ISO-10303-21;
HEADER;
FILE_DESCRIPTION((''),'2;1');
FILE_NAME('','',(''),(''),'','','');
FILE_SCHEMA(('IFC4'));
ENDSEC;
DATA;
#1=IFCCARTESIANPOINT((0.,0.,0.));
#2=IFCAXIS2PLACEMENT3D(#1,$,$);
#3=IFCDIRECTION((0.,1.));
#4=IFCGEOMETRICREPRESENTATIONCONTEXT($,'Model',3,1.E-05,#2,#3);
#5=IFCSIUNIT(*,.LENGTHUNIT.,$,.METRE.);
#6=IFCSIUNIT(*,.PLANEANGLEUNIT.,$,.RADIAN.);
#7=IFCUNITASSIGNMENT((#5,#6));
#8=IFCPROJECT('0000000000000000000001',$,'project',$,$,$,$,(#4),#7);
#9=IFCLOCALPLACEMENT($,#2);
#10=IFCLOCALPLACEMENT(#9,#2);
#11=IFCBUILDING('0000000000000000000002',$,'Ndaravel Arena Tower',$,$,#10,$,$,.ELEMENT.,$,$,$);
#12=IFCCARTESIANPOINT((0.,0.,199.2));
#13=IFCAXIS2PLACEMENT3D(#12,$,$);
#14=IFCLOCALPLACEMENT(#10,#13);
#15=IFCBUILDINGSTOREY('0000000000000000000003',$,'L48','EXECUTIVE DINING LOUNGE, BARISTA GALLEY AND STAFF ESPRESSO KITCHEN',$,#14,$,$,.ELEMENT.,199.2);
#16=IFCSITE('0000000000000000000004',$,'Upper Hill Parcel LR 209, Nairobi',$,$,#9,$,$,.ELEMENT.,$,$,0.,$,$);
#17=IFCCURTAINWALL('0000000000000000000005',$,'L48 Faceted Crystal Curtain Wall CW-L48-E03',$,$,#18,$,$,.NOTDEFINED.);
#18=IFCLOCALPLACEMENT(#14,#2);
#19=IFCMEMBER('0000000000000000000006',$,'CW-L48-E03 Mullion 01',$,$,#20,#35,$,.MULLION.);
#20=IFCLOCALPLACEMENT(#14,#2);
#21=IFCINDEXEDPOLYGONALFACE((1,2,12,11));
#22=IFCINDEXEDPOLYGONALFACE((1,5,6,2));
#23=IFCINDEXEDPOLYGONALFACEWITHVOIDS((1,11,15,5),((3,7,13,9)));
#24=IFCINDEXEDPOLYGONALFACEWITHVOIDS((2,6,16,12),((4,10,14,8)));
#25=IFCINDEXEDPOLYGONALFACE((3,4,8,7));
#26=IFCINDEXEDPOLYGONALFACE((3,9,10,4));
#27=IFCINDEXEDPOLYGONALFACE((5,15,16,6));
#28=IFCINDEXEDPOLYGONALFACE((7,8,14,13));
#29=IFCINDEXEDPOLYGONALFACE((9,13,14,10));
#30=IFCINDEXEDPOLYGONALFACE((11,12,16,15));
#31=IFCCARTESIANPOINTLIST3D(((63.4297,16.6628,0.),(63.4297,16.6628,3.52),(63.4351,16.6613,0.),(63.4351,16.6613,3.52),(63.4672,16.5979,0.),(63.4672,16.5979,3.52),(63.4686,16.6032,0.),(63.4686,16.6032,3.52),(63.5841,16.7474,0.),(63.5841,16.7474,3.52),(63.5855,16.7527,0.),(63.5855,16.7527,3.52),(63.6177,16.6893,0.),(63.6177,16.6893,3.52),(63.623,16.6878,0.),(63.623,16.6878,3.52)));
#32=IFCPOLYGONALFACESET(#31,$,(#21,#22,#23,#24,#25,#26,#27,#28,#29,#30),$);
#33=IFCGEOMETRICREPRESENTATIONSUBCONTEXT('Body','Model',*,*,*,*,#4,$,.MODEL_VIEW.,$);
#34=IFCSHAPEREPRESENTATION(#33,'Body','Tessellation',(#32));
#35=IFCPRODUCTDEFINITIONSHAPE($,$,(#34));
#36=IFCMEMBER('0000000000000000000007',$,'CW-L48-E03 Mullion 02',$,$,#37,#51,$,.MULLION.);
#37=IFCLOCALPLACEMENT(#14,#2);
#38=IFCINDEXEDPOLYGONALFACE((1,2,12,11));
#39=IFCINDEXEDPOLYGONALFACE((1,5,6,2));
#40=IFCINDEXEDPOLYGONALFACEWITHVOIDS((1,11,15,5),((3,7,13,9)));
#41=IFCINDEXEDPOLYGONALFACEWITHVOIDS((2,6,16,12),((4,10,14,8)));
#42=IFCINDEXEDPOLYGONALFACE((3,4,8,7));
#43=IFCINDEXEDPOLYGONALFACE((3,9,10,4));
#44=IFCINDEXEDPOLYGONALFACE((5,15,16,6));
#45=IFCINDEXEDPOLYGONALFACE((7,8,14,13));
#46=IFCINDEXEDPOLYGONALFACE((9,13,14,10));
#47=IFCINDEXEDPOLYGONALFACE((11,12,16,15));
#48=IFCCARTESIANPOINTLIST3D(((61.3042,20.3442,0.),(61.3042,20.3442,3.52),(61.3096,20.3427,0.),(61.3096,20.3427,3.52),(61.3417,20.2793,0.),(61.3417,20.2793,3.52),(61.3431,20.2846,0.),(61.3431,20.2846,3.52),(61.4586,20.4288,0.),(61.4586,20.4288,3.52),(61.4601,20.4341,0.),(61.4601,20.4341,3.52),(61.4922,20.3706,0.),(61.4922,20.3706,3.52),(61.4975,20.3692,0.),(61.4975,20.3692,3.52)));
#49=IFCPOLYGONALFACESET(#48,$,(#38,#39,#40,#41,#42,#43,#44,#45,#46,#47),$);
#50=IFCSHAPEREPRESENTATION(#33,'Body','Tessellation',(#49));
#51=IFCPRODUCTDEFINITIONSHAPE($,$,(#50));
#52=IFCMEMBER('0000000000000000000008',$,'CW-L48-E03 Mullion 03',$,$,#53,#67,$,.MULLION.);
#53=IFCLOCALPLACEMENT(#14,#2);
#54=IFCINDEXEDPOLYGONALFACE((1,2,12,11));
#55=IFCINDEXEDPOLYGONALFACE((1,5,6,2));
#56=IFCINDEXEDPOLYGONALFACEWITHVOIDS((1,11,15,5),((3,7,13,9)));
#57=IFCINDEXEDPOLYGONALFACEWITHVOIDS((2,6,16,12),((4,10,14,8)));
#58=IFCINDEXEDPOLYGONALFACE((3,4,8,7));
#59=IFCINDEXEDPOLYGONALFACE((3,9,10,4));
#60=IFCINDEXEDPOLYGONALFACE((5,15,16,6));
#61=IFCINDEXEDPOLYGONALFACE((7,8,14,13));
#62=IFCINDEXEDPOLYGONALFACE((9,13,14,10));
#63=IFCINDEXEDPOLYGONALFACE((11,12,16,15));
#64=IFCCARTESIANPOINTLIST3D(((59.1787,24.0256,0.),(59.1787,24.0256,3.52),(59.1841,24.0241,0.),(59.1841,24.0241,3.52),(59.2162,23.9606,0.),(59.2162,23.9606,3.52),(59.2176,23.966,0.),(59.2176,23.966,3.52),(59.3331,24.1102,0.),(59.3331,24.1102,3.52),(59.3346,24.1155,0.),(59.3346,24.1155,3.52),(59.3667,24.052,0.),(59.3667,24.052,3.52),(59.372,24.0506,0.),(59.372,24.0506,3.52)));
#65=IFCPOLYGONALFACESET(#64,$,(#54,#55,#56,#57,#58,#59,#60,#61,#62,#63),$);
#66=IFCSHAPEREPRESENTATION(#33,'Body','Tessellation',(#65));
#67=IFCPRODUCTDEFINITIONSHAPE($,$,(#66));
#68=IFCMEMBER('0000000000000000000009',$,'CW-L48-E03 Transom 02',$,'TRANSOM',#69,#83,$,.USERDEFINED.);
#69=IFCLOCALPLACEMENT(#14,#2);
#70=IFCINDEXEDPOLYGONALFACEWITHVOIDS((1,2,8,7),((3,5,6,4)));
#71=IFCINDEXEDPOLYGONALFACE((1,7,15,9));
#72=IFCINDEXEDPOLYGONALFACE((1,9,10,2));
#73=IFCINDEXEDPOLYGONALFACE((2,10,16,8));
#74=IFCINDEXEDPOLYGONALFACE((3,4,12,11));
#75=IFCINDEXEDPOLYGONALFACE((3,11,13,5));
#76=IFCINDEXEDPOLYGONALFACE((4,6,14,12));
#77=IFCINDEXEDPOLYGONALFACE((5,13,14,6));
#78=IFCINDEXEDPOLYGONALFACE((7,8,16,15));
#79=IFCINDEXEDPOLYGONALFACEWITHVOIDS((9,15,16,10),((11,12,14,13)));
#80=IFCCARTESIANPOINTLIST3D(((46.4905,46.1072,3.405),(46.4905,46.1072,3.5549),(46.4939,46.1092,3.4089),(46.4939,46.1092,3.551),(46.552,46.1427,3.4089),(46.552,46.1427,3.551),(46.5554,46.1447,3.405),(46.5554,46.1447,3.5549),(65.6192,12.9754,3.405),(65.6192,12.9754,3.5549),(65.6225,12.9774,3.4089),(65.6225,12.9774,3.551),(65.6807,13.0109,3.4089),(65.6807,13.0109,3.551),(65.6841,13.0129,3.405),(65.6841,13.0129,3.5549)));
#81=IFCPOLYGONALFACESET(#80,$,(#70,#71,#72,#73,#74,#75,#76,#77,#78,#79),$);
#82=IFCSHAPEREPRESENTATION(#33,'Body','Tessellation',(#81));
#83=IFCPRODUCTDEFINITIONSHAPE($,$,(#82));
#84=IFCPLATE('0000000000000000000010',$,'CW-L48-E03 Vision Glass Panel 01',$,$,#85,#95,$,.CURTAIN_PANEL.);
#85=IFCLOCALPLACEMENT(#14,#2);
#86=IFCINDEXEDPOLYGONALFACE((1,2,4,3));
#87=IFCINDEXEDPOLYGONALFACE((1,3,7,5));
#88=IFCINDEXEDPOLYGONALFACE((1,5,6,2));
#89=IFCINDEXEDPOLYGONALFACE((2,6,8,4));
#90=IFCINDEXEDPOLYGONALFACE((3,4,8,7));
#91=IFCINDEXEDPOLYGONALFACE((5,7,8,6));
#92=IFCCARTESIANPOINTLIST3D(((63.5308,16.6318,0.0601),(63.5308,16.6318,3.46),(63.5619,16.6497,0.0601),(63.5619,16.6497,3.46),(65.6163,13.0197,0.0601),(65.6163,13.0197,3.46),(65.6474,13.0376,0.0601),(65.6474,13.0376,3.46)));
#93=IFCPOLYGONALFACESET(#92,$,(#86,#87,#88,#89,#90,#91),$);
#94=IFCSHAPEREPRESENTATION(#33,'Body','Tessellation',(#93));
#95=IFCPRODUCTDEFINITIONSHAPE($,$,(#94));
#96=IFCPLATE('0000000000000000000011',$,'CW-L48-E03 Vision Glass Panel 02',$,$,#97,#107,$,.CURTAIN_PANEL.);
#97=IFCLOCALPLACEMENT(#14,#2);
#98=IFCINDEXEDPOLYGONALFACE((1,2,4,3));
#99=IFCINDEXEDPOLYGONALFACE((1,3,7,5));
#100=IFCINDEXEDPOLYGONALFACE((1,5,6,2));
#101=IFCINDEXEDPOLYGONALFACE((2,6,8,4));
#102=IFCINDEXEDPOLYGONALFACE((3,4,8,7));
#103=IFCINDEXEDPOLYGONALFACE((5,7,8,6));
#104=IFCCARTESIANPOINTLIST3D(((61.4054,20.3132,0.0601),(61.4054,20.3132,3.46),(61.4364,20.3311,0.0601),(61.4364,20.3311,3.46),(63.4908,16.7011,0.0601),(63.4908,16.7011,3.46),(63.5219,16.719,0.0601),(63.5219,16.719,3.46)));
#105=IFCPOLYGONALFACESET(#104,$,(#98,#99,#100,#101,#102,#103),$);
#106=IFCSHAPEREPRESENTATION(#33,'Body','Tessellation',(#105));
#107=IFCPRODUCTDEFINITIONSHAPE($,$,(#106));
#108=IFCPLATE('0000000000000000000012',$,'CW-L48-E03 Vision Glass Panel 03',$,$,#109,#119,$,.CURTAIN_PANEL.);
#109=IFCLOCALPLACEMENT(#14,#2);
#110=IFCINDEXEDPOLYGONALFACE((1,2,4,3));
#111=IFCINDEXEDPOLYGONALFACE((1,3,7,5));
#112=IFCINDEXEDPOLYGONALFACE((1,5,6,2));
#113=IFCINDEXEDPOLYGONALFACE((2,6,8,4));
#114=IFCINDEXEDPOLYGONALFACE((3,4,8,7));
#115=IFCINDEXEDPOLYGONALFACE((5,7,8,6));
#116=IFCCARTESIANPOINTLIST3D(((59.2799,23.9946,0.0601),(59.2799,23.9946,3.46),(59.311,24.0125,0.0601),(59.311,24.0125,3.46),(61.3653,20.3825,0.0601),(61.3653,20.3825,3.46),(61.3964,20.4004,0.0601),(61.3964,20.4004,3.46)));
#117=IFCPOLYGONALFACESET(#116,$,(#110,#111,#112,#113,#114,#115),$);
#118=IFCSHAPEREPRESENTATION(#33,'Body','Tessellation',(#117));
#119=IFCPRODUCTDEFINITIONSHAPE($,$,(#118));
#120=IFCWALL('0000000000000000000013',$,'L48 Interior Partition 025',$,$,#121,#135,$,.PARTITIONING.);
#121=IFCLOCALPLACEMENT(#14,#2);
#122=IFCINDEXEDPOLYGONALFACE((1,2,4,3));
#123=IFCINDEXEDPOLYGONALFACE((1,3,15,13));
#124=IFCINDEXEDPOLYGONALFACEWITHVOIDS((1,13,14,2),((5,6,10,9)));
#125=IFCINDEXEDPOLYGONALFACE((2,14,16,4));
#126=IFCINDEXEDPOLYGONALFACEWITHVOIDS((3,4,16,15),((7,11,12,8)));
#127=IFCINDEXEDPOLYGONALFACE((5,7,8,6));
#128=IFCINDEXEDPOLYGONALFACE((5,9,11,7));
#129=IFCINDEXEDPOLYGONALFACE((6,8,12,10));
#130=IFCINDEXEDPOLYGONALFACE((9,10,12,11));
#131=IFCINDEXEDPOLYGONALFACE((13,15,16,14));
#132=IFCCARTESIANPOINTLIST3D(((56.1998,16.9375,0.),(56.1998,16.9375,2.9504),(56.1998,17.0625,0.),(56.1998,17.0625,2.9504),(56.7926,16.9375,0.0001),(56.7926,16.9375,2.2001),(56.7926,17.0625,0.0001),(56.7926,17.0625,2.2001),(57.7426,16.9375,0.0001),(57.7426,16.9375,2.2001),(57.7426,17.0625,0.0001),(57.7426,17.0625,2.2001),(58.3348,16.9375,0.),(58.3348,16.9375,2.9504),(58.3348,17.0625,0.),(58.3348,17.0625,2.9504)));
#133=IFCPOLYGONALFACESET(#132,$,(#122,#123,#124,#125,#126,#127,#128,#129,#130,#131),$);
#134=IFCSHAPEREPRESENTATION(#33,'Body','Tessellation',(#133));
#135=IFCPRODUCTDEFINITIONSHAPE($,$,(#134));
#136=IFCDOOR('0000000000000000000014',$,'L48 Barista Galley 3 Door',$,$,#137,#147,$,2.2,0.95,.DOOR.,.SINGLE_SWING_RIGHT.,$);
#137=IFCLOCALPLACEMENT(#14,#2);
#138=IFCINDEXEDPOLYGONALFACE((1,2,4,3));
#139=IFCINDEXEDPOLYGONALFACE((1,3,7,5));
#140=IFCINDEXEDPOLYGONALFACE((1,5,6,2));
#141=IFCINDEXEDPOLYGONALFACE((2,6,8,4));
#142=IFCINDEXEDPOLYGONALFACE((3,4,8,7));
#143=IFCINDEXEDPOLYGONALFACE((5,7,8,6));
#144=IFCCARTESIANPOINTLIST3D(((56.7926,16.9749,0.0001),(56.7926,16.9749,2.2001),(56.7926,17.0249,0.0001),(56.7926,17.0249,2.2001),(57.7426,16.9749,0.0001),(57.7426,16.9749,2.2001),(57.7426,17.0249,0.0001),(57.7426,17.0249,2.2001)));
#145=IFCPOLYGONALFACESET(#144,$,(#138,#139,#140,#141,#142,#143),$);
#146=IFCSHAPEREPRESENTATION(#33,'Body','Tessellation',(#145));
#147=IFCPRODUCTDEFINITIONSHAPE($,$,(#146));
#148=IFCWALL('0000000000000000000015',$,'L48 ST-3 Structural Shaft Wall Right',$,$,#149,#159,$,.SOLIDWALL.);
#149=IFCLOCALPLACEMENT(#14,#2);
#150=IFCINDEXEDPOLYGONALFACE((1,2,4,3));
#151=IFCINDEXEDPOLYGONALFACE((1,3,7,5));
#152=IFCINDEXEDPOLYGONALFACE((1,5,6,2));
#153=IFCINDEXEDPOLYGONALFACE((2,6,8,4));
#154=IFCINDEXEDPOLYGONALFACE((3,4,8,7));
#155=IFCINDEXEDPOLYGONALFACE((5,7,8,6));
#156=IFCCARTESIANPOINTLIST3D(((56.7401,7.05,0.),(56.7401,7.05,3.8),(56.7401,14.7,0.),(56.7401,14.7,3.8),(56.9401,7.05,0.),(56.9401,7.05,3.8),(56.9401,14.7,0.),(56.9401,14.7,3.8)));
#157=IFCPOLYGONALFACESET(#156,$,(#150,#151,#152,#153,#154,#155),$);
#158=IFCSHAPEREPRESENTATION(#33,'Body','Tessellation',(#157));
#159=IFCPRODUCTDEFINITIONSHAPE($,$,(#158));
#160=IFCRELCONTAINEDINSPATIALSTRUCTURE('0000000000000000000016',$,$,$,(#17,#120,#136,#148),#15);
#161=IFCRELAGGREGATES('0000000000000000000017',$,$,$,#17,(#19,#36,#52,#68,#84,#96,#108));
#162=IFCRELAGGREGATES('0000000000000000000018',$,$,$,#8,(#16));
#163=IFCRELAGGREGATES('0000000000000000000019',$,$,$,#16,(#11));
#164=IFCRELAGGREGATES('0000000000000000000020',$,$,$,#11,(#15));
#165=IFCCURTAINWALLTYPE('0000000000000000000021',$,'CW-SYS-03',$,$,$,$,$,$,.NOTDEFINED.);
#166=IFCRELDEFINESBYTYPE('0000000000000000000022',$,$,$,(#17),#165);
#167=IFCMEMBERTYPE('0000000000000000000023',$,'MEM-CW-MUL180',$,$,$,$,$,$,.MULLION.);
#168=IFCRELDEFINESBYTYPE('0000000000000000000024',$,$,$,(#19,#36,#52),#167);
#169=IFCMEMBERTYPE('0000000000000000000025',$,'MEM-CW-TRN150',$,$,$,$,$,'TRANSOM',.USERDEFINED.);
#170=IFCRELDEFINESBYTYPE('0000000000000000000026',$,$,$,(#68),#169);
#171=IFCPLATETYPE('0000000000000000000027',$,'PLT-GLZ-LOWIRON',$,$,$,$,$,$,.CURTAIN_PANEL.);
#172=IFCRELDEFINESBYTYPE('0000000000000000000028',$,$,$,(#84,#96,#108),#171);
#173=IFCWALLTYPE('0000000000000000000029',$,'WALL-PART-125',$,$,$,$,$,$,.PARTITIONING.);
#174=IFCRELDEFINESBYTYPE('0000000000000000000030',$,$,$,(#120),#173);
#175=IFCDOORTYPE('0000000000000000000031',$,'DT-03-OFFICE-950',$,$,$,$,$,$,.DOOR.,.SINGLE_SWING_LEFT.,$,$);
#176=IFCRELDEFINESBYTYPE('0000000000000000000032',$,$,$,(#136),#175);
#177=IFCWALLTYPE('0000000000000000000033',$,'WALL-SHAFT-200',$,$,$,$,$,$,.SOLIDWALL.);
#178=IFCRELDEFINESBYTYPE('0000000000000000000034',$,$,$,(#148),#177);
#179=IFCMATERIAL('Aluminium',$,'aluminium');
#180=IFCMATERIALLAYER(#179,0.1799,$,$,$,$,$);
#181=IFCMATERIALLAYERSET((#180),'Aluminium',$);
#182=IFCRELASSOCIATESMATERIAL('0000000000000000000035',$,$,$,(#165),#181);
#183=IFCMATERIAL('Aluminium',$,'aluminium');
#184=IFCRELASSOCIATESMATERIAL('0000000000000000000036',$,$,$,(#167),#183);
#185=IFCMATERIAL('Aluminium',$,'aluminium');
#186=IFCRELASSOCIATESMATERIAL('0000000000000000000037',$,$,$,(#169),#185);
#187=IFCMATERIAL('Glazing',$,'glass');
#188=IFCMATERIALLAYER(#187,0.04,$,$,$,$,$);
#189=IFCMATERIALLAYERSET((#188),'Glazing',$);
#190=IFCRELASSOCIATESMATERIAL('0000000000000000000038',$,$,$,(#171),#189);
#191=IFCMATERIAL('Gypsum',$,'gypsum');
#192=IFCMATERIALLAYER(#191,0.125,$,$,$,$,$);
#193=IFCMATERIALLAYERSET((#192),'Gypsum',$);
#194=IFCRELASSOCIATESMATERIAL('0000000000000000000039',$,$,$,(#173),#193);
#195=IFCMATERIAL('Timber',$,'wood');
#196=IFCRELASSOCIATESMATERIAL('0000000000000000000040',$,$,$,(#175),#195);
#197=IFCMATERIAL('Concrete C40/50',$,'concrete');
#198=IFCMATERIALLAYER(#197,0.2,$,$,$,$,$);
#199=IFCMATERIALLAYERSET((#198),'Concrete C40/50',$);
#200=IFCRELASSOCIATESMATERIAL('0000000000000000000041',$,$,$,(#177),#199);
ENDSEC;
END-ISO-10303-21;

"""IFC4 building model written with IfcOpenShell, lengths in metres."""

from ifc_helpers import new_model, si_unit, direction, frame, frame_2d, origin, origin_2d, place, context, subcontext, project, spatial, rectangle, hollow_rectangle, extrude, material, layer, layer_set, material_profile, profile_set, type_object, element, fill, aggregate, save


model = new_model("IFC4")

# Units and contexts
model_context = context("Model", 3, precision=1e-05, world=origin(), true_north=direction((0.0, 1.0)))
body_context = subcontext(model_context, "Body", "Model", "MODEL_VIEW")
ifc_project = project(units=[si_unit("LENGTHUNIT", "METRE"), si_unit("PLANEANGLEUNIT", "RADIAN")], contexts=[model_context])

# Site, building, storey
site_placement = place(None, origin())
site = spatial("IfcSite", under=ifc_project, at=site_placement, Name="Upper Hill Parcel LR 209, Nairobi", CompositionType="ELEMENT", RefElevation=0.0)
building_placement = place(site_placement, origin())
building = spatial("IfcBuilding", under=site, at=building_placement, Name="Ndaravel Arena Tower", CompositionType="ELEMENT")
storey_placement = place(building_placement, frame((0.0, 0.0, 199.2)))
storey = spatial("IfcBuildingStorey", under=building, at=storey_placement, Name="L48", Description="EXECUTIVE DINING LOUNGE, BARISTA GALLEY AND STAFF ESPRESSO KITCHEN", CompositionType="ELEMENT", Elevation=199.2)

# Curtain wall, members, plates
ifc_material_1 = material(Name="Aluminium", Category="aluminium")
ifc_layer_1 = layer(ifc_material_1, 0.1799)
ifc_layer_set_1 = layer_set([ifc_layer_1], Name="Aluminium")
curtain_wall_type = type_object("IfcCurtainWallType", Name="CW-SYS-03", PredefinedType="NOTDEFINED", material=ifc_layer_set_1)
curtain_wall_placement = place(storey_placement, origin())
curtain_wall = element("IfcCurtainWall", 1, at=curtain_wall_placement, inside=storey, type_object=curtain_wall_type, Name="L48 Faceted Crystal Curtain Wall CW-L48-E03", PredefinedType="NOTDEFINED")
ifc_material_2 = material(Name="Aluminium", Category="aluminium")
ifc_material_profile_1 = material_profile(ifc_material_2, hollow_rectangle(XDim=0.075, YDim=0.1799, WallThickness=0.0039, at=origin_2d()), Name="CW MULLION 75x180x4")
ifc_profile_set_1 = profile_set([ifc_material_profile_1], Name="Aluminium")
member_type_1 = type_object("IfcMemberType", Name="MEM-CW-MUL180", PredefinedType="MULLION", material=ifc_profile_set_1)
member_1_placement = place(storey_placement, frame((63.5264, 16.6753, 0.0), z_axis=(0.0, 0.0, 1.0), x_axis=(-0.5, 0.866025, 0.0)))
member_1 = element("IfcMember", 2, at=member_1_placement, type_object=member_type_1, Name="CW-L48-E03 Mullion 01", PredefinedType="MULLION", context=body_context, shape_type="SweptSolid", body=[
    extrude(hollow_rectangle(XDim=0.075, YDim=0.1799, WallThickness=0.0039, at=origin_2d()), origin(), (0.0, 0.0, 1.0), 3.52),
])
member_2_placement = place(storey_placement, frame((61.4009, 20.3567, 0.0), z_axis=(0.0, 0.0, 1.0), x_axis=(-0.5, 0.866025, 0.0)))
member_2 = element("IfcMember", 3, at=member_2_placement, type_object=member_type_1, Name="CW-L48-E03 Mullion 02", PredefinedType="MULLION", context=body_context, shape_type="SweptSolid", body=[
    extrude(hollow_rectangle(XDim=0.075, YDim=0.1799, WallThickness=0.0039, at=origin_2d()), origin(), (0.0, 0.0, 1.0), 3.52),
])
member_3_placement = place(storey_placement, frame((59.2754, 24.0381, 0.0), z_axis=(0.0, 0.0, 1.0), x_axis=(-0.5, 0.866025, 0.0)))
member_3 = element("IfcMember", 4, at=member_3_placement, type_object=member_type_1, Name="CW-L48-E03 Mullion 03", PredefinedType="MULLION", context=body_context, shape_type="SweptSolid", body=[
    extrude(hollow_rectangle(XDim=0.075, YDim=0.1799, WallThickness=0.0039, at=origin_2d()), origin(), (0.0, 0.0, 1.0), 3.52),
])
ifc_material_3 = material(Name="Aluminium", Category="aluminium")
ifc_material_profile_2 = material_profile(ifc_material_3, hollow_rectangle(XDim=0.075, YDim=0.1499, WallThickness=0.0039, at=origin_2d()), Name="CW TRANSOM 75x150x4")
ifc_profile_set_2 = profile_set([ifc_material_profile_2], Name="Aluminium")
member_type_2 = type_object("IfcMemberType", Name="MEM-CW-TRN150", ElementType="TRANSOM", PredefinedType="USERDEFINED", material=ifc_profile_set_2)
member_4_placement = place(storey_placement, frame((65.6516, 12.9941, 3.48), z_axis=(-0.5, 0.866026, 0.0), x_axis=(-0.866026, -0.5, 0.0)))
member_4 = element("IfcMember", 5, at=member_4_placement, type_object=member_type_2, Name="CW-L48-E03 Transom 02", ObjectType="TRANSOM", PredefinedType="USERDEFINED", context=body_context, shape_type="SweptSolid", body=[
    extrude(hollow_rectangle(XDim=0.075, YDim=0.1499, WallThickness=0.0039, at=origin_2d()), origin(), (0.0, 0.0, 1.0), 38.2573),
])
ifc_material_4 = material(Name="Glazing", Category="glass")
ifc_layer_2 = layer(ifc_material_4, 0.04)
ifc_layer_set_2 = layer_set([ifc_layer_2], Name="Glazing")
plate_type = type_object("IfcPlateType", Name="PLT-GLZ-LOWIRON", PredefinedType="CURTAIN_PANEL", material=ifc_layer_set_2)
plate_1_placement = place(storey_placement, frame((64.5891, 14.8347, 0.0601), z_axis=(0.0, 0.0, 1.0), x_axis=(-0.5, 0.866025, 0.0)))
plate_1 = element("IfcPlate", 6, at=plate_1_placement, type_object=plate_type, Name="CW-L48-E03 Vision Glass Panel 01", PredefinedType="CURTAIN_PANEL", context=body_context, shape_type="SweptSolid", body=[
    extrude(rectangle(XDim=4.1709, YDim=0.0359, at=origin_2d()), origin(), (0.0, 0.0, 1.0), 3.3999),
])
plate_2_placement = place(storey_placement, frame((62.4636, 18.5161, 0.0601), z_axis=(0.0, 0.0, 1.0), x_axis=(-0.5, 0.866025, 0.0)))
plate_2 = element("IfcPlate", 7, at=plate_2_placement, type_object=plate_type, Name="CW-L48-E03 Vision Glass Panel 02", PredefinedType="CURTAIN_PANEL", context=body_context, shape_type="SweptSolid", body=[
    extrude(rectangle(XDim=4.1709, YDim=0.0359, at=origin_2d()), origin(), (0.0, 0.0, 1.0), 3.3999),
])
plate_3_placement = place(storey_placement, frame((60.3381, 22.1975, 0.0601), z_axis=(0.0, 0.0, 1.0), x_axis=(-0.5, 0.866025, 0.0)))
plate_3 = element("IfcPlate", 8, at=plate_3_placement, type_object=plate_type, Name="CW-L48-E03 Vision Glass Panel 03", PredefinedType="CURTAIN_PANEL", context=body_context, shape_type="SweptSolid", body=[
    extrude(rectangle(XDim=4.1709, YDim=0.0359, at=origin_2d()), origin(), (0.0, 0.0, 1.0), 3.3999),
])
aggregate(curtain_wall, [member_1, member_2, member_3, member_4, plate_1, plate_2, plate_3])

# Wall, opening, door
ifc_material_5 = material(Name="Gypsum", Category="gypsum")
ifc_layer_3 = layer(ifc_material_5, 0.125)
ifc_layer_set_3 = layer_set([ifc_layer_3], Name="Gypsum")
wall_type_1 = type_object("IfcWallType", Name="WALL-PART-125", PredefinedType="PARTITIONING", material=ifc_layer_set_3)
wall_1_placement = place(storey_placement, frame((56.2, 17.0, 0.0), z_axis=(0.0, 0.0, 1.0), x_axis=(1.0, 0.0, 0.0)))
wall_1 = element("IfcWall", 9, at=wall_1_placement, inside=storey, type_object=wall_type_1, Name="L48 Interior Partition 025", PredefinedType="PARTITIONING", context=body_context, shape_type="SweptSolid", body=[
    extrude(rectangle(XDim=2.135, YDim=0.125, at=frame_2d((1.0674, 0.0))), origin(), (0.0, 0.0, 1.0), 2.9504),
])
opening_1_placement = place(wall_1_placement, frame((0.5925, 0.0, 0.0)))
opening_1 = element("IfcOpeningElement", 10, at=opening_1_placement, cuts=wall_1, PredefinedType="OPENING", context=body_context, shape_type="SweptSolid", body=[
    extrude(rectangle(XDim=0.95, YDim=2.2, at=frame_2d((0.4751, 1.1001))), frame((0.0, 0.0625, 0.0), z_axis=(0.0, -1.0, 0.0), x_axis=(1.0, 0.0, 0.0)), (0.0, 0.0, 1.0), 0.125),
])
ifc_material_6 = material(Name="Timber", Category="wood")
door_type_1 = type_object("IfcDoorType", Name="DT-03-OFFICE-950", OperationType="SINGLE_SWING_LEFT", PredefinedType="DOOR", material=ifc_material_6)
door_1_placement = place(opening_1_placement, origin())
door_1 = element("IfcDoor", 11, at=door_1_placement, inside=storey, type_object=door_type_1, Name="L48 Barista Galley 3 Door", OperationType="SINGLE_SWING_RIGHT", OverallHeight=2.2, OverallWidth=0.95, PredefinedType="DOOR", context=body_context, shape_type="SweptSolid", body=[
    extrude(rectangle(XDim=0.95, YDim=2.2, at=frame_2d((0.4751, 1.1001))), frame((0.0, 0.0249, 0.0), z_axis=(0.0, -1.0, 0.0), x_axis=(1.0, 0.0, 0.0)), (0.0, 0.0, 1.0), 0.05),
])
fill(opening_1, door_1)

# Wall
ifc_material_7 = material(Name="Concrete C40/50", Category="concrete")
ifc_layer_4 = layer(ifc_material_7, 0.2)
ifc_layer_set_4 = layer_set([ifc_layer_4], Name="Concrete C40/50")
wall_type_2 = type_object("IfcWallType", Name="WALL-SHAFT-200", PredefinedType="SOLIDWALL", material=ifc_layer_set_4)
wall_2_placement = place(storey_placement, frame((56.8401, 14.7, 0.0), z_axis=(0.0, 0.0, 1.0), x_axis=(0.0, -1.0, 0.0)))
element("IfcWall", 12, at=wall_2_placement, inside=storey, type_object=wall_type_2, Name="L48 ST-3 Structural Shaft Wall Right", PredefinedType="SOLIDWALL", context=body_context, shape_type="SweptSolid", body=[
    extrude(rectangle(XDim=7.6499, YDim=0.2, at=frame_2d((3.825, 0.0))), origin(), (0.0, 0.0, 1.0), 3.8),
])

save(model, "model.ifc")
